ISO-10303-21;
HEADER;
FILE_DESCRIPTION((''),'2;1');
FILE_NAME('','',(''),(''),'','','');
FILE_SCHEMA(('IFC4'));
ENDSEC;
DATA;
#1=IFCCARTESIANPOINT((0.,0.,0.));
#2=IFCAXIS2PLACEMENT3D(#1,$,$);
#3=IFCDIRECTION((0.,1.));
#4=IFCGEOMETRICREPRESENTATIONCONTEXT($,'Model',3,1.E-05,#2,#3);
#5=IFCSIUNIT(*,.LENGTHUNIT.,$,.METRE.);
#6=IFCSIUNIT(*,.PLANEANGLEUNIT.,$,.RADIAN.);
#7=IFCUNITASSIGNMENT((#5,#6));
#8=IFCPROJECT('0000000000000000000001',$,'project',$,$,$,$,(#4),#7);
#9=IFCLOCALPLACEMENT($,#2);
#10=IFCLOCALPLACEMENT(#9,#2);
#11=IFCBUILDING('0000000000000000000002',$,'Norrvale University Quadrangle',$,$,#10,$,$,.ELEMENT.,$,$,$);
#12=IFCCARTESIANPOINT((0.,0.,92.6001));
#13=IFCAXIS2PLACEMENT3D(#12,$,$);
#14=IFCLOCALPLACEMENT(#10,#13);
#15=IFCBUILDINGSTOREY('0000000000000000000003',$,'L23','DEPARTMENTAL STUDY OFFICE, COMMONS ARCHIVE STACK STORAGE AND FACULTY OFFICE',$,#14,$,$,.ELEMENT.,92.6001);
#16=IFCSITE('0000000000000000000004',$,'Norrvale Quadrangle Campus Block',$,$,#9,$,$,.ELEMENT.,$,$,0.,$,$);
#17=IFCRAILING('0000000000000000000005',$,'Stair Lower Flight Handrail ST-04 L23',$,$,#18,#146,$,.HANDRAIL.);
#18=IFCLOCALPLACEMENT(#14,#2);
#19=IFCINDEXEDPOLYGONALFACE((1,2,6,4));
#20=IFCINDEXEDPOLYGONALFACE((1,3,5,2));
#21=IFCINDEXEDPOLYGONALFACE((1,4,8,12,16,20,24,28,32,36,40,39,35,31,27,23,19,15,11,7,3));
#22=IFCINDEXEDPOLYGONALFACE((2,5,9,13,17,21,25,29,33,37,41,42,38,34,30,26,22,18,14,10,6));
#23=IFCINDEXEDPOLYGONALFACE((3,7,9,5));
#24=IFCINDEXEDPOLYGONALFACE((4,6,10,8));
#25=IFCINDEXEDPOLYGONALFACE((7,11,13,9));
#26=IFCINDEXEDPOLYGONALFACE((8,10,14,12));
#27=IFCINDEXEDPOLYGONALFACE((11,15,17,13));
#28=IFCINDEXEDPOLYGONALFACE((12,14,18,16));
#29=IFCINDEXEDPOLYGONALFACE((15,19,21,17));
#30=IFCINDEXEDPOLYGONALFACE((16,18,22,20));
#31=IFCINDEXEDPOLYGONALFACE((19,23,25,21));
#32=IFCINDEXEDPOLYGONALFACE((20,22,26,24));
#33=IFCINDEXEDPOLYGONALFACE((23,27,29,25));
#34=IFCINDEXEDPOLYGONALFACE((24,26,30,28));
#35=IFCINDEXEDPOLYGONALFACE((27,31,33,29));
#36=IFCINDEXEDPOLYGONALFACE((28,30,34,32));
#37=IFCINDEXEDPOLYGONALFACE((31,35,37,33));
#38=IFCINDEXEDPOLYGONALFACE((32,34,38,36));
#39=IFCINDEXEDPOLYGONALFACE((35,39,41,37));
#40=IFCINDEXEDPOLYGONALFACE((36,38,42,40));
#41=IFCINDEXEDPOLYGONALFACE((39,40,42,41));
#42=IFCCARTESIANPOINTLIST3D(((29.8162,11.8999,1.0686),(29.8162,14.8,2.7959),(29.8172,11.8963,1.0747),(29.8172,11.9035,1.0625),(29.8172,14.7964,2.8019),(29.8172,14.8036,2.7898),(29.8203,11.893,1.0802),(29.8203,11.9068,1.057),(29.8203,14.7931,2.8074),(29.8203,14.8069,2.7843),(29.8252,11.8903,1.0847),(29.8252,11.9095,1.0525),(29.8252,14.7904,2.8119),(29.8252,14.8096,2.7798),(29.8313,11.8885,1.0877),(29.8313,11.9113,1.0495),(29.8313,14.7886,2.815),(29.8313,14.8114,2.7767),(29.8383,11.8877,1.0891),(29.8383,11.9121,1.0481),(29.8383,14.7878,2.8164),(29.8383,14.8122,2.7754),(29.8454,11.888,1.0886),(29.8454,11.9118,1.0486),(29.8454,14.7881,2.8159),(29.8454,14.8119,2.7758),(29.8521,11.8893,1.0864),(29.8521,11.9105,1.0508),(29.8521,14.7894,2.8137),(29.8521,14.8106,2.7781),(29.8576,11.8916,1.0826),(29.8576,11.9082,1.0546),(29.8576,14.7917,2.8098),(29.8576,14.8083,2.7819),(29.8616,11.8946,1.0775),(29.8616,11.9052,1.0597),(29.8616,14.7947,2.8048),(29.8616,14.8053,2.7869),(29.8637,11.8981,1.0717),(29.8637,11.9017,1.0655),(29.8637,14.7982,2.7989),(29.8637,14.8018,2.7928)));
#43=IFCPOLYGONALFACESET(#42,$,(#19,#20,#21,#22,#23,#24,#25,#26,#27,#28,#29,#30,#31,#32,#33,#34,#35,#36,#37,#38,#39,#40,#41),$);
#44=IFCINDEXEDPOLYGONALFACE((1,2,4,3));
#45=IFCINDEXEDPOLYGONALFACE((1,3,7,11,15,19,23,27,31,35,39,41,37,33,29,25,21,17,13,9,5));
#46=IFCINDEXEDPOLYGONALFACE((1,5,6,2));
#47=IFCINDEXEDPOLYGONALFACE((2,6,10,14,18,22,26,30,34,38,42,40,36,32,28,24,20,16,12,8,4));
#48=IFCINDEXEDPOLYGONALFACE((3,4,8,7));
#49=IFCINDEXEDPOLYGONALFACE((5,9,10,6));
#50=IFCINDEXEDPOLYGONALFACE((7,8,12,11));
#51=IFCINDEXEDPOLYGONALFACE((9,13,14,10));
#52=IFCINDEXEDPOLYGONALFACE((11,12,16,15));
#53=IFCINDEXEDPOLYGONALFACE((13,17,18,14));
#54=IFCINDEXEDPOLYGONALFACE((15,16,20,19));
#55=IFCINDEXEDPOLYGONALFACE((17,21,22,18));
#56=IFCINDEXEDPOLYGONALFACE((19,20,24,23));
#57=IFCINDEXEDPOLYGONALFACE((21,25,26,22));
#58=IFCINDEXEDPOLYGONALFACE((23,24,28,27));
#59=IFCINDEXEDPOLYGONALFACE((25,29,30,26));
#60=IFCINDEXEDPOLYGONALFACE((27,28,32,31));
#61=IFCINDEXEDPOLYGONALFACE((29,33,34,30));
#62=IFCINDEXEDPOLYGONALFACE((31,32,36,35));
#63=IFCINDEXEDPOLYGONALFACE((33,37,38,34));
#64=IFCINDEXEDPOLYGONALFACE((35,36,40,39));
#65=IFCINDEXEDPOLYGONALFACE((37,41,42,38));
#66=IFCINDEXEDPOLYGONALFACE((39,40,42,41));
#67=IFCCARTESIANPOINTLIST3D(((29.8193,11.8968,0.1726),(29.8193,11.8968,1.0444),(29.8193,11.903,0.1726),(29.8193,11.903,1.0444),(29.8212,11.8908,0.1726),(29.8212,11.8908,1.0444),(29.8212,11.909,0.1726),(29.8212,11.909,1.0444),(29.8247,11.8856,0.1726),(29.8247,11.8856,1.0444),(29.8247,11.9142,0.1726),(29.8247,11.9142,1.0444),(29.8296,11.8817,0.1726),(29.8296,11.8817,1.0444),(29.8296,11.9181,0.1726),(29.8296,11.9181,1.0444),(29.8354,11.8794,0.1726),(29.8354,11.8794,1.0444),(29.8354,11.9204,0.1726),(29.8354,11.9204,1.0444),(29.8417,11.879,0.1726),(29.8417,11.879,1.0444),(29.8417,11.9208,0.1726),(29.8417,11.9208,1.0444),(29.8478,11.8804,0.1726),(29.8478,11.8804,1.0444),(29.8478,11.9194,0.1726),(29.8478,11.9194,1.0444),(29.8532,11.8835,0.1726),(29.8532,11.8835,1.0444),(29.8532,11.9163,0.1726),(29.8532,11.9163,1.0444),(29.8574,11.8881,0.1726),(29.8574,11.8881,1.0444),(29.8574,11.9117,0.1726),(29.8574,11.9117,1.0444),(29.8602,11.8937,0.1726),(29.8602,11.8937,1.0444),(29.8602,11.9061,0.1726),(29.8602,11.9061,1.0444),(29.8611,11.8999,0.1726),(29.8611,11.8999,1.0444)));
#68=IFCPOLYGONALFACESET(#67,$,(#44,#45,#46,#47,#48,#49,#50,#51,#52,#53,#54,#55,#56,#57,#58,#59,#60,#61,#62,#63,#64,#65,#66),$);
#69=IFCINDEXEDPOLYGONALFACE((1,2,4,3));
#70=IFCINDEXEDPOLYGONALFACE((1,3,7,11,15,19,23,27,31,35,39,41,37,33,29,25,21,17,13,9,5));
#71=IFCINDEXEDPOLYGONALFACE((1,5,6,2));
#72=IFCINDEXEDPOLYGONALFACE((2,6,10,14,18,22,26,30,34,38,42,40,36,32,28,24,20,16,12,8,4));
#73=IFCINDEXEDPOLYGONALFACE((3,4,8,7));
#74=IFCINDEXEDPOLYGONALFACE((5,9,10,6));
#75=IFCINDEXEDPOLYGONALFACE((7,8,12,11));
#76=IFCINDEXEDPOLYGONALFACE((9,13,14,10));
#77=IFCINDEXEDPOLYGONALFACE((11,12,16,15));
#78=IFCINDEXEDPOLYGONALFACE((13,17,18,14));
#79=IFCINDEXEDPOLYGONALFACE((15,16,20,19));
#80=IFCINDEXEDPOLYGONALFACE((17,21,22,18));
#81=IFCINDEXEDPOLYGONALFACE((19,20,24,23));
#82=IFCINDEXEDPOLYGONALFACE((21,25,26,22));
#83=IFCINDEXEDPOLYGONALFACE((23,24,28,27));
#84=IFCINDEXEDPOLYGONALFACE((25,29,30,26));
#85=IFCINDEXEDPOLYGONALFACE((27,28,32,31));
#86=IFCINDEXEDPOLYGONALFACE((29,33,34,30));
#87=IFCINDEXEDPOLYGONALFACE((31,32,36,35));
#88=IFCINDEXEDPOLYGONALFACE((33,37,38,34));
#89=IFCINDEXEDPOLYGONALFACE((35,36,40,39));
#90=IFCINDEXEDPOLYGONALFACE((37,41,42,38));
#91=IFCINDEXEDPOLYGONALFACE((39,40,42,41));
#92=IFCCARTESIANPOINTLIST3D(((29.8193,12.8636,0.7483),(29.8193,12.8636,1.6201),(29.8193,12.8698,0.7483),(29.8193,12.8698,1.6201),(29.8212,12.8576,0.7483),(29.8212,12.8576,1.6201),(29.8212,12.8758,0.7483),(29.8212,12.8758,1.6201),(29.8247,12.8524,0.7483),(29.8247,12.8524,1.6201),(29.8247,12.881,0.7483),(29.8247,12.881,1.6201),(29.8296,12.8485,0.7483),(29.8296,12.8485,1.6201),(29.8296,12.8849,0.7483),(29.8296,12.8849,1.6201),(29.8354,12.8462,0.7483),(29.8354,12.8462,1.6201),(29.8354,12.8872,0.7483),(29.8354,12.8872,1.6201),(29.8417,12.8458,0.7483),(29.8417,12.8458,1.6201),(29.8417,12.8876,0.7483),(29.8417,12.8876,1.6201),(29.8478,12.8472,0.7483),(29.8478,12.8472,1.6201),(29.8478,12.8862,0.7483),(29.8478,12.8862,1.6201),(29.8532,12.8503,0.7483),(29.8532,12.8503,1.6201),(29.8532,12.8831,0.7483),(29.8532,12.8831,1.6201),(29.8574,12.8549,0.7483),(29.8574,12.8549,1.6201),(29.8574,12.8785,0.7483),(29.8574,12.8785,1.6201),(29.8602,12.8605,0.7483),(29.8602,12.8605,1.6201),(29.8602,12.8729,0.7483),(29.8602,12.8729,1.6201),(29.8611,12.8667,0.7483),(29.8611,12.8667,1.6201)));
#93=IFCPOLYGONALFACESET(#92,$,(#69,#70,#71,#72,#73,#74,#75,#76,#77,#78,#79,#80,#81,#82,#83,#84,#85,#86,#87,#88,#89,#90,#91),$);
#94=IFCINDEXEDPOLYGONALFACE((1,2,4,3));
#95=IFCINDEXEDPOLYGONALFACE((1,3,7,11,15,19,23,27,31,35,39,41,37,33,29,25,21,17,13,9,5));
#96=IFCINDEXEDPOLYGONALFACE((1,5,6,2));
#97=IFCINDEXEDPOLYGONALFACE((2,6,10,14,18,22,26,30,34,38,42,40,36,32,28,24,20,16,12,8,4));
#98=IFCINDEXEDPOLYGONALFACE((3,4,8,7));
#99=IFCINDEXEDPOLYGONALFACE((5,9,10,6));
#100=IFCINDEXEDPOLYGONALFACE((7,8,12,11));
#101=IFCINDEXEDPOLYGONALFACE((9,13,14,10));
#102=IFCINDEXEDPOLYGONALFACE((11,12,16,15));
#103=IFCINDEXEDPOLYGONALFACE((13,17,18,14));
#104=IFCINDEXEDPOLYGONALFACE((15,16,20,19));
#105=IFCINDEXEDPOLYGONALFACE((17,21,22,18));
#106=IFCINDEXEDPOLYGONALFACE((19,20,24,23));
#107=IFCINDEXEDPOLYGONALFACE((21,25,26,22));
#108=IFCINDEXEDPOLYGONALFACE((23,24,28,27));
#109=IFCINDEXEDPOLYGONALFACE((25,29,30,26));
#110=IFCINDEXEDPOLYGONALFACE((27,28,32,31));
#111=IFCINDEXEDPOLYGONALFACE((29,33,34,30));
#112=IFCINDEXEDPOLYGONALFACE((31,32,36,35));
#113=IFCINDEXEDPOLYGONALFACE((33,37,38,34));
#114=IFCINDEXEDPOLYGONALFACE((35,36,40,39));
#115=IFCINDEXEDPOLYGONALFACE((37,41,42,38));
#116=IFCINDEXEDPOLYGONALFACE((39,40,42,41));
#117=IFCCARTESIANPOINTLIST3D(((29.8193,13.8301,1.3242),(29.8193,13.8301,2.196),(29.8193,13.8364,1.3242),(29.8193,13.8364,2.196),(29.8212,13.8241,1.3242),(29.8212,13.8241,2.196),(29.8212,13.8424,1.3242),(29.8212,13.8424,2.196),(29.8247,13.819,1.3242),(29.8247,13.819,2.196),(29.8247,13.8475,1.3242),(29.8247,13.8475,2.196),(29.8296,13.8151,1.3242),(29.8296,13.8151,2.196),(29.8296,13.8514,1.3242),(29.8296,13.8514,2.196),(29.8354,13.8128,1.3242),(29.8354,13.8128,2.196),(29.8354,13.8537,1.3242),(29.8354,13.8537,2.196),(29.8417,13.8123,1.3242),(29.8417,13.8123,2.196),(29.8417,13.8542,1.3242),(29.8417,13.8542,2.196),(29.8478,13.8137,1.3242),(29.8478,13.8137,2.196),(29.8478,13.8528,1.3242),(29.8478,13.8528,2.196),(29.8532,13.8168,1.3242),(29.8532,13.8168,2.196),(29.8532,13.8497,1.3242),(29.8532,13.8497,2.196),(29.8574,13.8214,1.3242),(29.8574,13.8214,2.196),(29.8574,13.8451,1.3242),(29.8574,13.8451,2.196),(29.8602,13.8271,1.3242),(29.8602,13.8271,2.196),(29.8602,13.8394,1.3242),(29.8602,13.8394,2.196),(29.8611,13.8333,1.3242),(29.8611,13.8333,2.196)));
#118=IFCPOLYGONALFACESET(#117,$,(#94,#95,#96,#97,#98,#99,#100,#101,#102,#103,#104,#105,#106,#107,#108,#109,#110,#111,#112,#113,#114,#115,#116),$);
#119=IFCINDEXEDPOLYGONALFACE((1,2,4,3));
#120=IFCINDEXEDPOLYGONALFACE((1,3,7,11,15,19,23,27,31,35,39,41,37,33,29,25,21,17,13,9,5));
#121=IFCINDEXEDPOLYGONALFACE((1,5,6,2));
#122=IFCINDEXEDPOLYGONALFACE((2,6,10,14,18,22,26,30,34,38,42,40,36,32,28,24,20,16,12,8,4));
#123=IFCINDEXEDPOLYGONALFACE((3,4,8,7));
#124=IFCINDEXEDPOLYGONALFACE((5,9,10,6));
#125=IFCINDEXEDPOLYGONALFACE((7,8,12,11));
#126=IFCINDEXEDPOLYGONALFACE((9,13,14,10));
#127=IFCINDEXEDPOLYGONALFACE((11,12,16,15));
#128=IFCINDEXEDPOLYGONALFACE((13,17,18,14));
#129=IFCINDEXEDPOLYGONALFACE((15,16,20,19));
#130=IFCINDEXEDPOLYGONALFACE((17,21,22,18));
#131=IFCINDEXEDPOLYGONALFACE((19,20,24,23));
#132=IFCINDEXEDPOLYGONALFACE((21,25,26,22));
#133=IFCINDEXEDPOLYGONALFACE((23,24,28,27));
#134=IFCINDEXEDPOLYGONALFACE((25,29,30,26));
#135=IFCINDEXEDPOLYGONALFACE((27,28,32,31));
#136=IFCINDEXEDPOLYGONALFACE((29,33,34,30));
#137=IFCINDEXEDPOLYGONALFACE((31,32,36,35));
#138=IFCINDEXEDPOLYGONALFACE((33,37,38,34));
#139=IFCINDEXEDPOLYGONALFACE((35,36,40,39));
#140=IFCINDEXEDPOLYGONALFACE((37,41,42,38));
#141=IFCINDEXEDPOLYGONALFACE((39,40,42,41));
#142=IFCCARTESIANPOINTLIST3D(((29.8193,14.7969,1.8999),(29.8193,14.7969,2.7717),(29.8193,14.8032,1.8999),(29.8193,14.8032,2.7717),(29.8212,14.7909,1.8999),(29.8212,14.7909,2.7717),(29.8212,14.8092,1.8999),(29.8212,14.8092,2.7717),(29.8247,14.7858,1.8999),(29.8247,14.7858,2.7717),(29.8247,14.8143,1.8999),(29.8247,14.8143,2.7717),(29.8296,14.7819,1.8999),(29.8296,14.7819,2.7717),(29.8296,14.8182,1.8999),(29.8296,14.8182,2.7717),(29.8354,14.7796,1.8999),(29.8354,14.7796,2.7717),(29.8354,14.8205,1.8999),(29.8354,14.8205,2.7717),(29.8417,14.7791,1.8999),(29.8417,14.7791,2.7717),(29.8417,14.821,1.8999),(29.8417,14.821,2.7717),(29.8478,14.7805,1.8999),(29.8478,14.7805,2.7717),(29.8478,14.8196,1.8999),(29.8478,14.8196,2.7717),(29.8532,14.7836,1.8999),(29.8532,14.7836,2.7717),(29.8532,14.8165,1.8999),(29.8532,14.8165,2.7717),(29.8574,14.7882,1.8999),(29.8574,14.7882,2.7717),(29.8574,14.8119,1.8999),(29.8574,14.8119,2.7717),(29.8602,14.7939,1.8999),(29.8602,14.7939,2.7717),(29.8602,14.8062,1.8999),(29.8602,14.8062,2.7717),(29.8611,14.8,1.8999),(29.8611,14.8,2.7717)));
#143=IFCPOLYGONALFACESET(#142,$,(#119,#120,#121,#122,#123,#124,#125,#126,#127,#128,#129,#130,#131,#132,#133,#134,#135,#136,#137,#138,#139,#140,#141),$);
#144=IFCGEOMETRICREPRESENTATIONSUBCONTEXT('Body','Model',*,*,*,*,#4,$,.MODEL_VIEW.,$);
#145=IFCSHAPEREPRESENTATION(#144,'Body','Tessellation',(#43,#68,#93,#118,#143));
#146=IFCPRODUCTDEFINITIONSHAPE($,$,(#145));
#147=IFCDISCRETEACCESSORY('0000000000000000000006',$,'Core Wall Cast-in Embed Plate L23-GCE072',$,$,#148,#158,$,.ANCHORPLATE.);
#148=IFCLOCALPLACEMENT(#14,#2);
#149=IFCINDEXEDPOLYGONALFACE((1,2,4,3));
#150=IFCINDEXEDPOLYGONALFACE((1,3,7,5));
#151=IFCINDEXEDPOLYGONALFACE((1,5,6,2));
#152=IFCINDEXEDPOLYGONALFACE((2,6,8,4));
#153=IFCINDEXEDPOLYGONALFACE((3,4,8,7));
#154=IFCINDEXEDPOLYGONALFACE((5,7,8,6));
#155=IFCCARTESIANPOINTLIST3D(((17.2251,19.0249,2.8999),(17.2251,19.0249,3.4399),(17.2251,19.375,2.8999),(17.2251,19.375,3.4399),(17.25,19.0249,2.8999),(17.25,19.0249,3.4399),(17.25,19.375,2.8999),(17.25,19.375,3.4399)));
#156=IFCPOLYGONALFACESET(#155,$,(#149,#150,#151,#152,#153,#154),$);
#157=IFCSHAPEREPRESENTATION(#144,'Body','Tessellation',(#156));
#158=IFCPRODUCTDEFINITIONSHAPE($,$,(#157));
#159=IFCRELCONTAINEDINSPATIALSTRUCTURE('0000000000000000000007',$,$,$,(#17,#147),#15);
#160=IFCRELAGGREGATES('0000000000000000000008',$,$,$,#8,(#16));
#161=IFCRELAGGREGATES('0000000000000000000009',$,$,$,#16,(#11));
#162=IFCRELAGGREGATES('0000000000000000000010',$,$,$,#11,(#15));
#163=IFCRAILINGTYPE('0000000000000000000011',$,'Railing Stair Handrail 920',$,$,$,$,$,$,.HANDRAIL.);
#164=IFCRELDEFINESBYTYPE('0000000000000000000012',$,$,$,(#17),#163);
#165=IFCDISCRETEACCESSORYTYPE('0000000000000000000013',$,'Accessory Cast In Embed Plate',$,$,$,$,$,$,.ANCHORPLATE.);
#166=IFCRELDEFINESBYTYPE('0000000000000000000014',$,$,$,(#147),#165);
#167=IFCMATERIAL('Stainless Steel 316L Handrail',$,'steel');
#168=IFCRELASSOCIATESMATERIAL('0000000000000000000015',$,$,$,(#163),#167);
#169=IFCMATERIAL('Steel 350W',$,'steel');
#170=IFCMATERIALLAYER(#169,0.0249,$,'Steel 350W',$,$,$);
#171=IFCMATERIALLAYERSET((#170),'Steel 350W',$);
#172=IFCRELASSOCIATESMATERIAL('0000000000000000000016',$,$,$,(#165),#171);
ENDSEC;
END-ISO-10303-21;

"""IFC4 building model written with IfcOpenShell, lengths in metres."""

from ifc_helpers import new_model, si_unit, direction, frame, origin, origin_2d, place, context, subcontext, project, spatial, rectangle, circle, extrude, material, layer, layer_set, type_object, element, save


model = new_model("IFC4")

# Units and contexts
model_context = context("Model", 3, precision=1e-05, world=origin(), true_north=direction((0.0, 1.0)))
body_context = subcontext(model_context, "Body", "Model", "MODEL_VIEW")
ifc_project = project(units=[si_unit("LENGTHUNIT", "METRE"), si_unit("PLANEANGLEUNIT", "RADIAN")], contexts=[model_context])

# Site, building, storey
site_placement = place(None, origin())
site = spatial("IfcSite", under=ifc_project, at=site_placement, Name="Norrvale Quadrangle Campus Block", CompositionType="ELEMENT", RefElevation=0.0)
building_placement = place(site_placement, origin())
building = spatial("IfcBuilding", under=site, at=building_placement, Name="Norrvale University Quadrangle", CompositionType="ELEMENT")
storey_placement = place(building_placement, frame((0.0, 0.0, 92.6001)))
storey = spatial("IfcBuildingStorey", under=building, at=storey_placement, Name="L23", Description="DEPARTMENTAL STUDY OFFICE, COMMONS ARCHIVE STACK STORAGE AND FACULTY OFFICE", CompositionType="ELEMENT", Elevation=92.6001)

# Shared definitions
ifc_material_1 = material(Name="Steel 350W", Category="steel")

# Railing
ifc_material_2 = material(Name="Stainless Steel 316L Handrail", Category="steel")
railing_type_1 = type_object("IfcRailingType", Name="Railing Stair Handrail 920", PredefinedType="HANDRAIL", material=ifc_material_2)
railing_1_placement = place(storey_placement, frame((29.8401, 11.8999, 0.1726)))
element("IfcRailing", 1, at=railing_1_placement, inside=storey, type_object=railing_type_1, Name="Stair Lower Flight Handrail ST-04 L23", PredefinedType="HANDRAIL", context=body_context, shape_type="SweptSolid", body=[
    extrude(circle(Radius=0.0239, at=origin_2d()), frame((0.0, 0.0, 0.896), z_axis=(0.0, 0.85916, 0.511706), x_axis=(-1.0, 0.0, 0.0)), (0.0, 0.0, 1.0), 3.3755),
    extrude(circle(Radius=0.021, at=origin_2d()), origin(), (0.0, 0.0, 1.0), 0.8718),
    extrude(circle(Radius=0.021, at=origin_2d()), frame((0.0, 0.9668, 0.5757)), (0.0, 0.0, 1.0), 0.8718),
    extrude(circle(Radius=0.021, at=origin_2d()), frame((0.0, 1.9333, 1.1516)), (0.0, 0.0, 1.0), 0.8718),
    extrude(circle(Radius=0.021, at=origin_2d()), frame((0.0, 2.9001, 1.7273)), (0.0, 0.0, 1.0), 0.8718),
])

# Discrete accessory
ifc_layer_1 = layer(ifc_material_1, 0.0249, Name="Steel 350W")
ifc_layer_set_1 = layer_set([ifc_layer_1], Name="Steel 350W")
discrete_accessory_type = type_object("IfcDiscreteAccessoryType", Name="Accessory Cast In Embed Plate", PredefinedType="ANCHORPLATE", material=ifc_layer_set_1)
discrete_accessory_placement = place(storey_placement, frame((17.2375, 19.2, 2.8999), z_axis=(0.0, 0.0, 1.0), x_axis=(1.0, 0.0, 0.0)))
element("IfcDiscreteAccessory", 2, at=discrete_accessory_placement, inside=storey, type_object=discrete_accessory_type, Name="Core Wall Cast-in Embed Plate L23-GCE072", PredefinedType="ANCHORPLATE", context=body_context, shape_type="SweptSolid", body=[
    extrude(rectangle(XDim=0.0249, YDim=0.3501, at=origin_2d()), origin(), (0.0, 0.0, 1.0), 0.54),
])

save(model, "model.ifc")
